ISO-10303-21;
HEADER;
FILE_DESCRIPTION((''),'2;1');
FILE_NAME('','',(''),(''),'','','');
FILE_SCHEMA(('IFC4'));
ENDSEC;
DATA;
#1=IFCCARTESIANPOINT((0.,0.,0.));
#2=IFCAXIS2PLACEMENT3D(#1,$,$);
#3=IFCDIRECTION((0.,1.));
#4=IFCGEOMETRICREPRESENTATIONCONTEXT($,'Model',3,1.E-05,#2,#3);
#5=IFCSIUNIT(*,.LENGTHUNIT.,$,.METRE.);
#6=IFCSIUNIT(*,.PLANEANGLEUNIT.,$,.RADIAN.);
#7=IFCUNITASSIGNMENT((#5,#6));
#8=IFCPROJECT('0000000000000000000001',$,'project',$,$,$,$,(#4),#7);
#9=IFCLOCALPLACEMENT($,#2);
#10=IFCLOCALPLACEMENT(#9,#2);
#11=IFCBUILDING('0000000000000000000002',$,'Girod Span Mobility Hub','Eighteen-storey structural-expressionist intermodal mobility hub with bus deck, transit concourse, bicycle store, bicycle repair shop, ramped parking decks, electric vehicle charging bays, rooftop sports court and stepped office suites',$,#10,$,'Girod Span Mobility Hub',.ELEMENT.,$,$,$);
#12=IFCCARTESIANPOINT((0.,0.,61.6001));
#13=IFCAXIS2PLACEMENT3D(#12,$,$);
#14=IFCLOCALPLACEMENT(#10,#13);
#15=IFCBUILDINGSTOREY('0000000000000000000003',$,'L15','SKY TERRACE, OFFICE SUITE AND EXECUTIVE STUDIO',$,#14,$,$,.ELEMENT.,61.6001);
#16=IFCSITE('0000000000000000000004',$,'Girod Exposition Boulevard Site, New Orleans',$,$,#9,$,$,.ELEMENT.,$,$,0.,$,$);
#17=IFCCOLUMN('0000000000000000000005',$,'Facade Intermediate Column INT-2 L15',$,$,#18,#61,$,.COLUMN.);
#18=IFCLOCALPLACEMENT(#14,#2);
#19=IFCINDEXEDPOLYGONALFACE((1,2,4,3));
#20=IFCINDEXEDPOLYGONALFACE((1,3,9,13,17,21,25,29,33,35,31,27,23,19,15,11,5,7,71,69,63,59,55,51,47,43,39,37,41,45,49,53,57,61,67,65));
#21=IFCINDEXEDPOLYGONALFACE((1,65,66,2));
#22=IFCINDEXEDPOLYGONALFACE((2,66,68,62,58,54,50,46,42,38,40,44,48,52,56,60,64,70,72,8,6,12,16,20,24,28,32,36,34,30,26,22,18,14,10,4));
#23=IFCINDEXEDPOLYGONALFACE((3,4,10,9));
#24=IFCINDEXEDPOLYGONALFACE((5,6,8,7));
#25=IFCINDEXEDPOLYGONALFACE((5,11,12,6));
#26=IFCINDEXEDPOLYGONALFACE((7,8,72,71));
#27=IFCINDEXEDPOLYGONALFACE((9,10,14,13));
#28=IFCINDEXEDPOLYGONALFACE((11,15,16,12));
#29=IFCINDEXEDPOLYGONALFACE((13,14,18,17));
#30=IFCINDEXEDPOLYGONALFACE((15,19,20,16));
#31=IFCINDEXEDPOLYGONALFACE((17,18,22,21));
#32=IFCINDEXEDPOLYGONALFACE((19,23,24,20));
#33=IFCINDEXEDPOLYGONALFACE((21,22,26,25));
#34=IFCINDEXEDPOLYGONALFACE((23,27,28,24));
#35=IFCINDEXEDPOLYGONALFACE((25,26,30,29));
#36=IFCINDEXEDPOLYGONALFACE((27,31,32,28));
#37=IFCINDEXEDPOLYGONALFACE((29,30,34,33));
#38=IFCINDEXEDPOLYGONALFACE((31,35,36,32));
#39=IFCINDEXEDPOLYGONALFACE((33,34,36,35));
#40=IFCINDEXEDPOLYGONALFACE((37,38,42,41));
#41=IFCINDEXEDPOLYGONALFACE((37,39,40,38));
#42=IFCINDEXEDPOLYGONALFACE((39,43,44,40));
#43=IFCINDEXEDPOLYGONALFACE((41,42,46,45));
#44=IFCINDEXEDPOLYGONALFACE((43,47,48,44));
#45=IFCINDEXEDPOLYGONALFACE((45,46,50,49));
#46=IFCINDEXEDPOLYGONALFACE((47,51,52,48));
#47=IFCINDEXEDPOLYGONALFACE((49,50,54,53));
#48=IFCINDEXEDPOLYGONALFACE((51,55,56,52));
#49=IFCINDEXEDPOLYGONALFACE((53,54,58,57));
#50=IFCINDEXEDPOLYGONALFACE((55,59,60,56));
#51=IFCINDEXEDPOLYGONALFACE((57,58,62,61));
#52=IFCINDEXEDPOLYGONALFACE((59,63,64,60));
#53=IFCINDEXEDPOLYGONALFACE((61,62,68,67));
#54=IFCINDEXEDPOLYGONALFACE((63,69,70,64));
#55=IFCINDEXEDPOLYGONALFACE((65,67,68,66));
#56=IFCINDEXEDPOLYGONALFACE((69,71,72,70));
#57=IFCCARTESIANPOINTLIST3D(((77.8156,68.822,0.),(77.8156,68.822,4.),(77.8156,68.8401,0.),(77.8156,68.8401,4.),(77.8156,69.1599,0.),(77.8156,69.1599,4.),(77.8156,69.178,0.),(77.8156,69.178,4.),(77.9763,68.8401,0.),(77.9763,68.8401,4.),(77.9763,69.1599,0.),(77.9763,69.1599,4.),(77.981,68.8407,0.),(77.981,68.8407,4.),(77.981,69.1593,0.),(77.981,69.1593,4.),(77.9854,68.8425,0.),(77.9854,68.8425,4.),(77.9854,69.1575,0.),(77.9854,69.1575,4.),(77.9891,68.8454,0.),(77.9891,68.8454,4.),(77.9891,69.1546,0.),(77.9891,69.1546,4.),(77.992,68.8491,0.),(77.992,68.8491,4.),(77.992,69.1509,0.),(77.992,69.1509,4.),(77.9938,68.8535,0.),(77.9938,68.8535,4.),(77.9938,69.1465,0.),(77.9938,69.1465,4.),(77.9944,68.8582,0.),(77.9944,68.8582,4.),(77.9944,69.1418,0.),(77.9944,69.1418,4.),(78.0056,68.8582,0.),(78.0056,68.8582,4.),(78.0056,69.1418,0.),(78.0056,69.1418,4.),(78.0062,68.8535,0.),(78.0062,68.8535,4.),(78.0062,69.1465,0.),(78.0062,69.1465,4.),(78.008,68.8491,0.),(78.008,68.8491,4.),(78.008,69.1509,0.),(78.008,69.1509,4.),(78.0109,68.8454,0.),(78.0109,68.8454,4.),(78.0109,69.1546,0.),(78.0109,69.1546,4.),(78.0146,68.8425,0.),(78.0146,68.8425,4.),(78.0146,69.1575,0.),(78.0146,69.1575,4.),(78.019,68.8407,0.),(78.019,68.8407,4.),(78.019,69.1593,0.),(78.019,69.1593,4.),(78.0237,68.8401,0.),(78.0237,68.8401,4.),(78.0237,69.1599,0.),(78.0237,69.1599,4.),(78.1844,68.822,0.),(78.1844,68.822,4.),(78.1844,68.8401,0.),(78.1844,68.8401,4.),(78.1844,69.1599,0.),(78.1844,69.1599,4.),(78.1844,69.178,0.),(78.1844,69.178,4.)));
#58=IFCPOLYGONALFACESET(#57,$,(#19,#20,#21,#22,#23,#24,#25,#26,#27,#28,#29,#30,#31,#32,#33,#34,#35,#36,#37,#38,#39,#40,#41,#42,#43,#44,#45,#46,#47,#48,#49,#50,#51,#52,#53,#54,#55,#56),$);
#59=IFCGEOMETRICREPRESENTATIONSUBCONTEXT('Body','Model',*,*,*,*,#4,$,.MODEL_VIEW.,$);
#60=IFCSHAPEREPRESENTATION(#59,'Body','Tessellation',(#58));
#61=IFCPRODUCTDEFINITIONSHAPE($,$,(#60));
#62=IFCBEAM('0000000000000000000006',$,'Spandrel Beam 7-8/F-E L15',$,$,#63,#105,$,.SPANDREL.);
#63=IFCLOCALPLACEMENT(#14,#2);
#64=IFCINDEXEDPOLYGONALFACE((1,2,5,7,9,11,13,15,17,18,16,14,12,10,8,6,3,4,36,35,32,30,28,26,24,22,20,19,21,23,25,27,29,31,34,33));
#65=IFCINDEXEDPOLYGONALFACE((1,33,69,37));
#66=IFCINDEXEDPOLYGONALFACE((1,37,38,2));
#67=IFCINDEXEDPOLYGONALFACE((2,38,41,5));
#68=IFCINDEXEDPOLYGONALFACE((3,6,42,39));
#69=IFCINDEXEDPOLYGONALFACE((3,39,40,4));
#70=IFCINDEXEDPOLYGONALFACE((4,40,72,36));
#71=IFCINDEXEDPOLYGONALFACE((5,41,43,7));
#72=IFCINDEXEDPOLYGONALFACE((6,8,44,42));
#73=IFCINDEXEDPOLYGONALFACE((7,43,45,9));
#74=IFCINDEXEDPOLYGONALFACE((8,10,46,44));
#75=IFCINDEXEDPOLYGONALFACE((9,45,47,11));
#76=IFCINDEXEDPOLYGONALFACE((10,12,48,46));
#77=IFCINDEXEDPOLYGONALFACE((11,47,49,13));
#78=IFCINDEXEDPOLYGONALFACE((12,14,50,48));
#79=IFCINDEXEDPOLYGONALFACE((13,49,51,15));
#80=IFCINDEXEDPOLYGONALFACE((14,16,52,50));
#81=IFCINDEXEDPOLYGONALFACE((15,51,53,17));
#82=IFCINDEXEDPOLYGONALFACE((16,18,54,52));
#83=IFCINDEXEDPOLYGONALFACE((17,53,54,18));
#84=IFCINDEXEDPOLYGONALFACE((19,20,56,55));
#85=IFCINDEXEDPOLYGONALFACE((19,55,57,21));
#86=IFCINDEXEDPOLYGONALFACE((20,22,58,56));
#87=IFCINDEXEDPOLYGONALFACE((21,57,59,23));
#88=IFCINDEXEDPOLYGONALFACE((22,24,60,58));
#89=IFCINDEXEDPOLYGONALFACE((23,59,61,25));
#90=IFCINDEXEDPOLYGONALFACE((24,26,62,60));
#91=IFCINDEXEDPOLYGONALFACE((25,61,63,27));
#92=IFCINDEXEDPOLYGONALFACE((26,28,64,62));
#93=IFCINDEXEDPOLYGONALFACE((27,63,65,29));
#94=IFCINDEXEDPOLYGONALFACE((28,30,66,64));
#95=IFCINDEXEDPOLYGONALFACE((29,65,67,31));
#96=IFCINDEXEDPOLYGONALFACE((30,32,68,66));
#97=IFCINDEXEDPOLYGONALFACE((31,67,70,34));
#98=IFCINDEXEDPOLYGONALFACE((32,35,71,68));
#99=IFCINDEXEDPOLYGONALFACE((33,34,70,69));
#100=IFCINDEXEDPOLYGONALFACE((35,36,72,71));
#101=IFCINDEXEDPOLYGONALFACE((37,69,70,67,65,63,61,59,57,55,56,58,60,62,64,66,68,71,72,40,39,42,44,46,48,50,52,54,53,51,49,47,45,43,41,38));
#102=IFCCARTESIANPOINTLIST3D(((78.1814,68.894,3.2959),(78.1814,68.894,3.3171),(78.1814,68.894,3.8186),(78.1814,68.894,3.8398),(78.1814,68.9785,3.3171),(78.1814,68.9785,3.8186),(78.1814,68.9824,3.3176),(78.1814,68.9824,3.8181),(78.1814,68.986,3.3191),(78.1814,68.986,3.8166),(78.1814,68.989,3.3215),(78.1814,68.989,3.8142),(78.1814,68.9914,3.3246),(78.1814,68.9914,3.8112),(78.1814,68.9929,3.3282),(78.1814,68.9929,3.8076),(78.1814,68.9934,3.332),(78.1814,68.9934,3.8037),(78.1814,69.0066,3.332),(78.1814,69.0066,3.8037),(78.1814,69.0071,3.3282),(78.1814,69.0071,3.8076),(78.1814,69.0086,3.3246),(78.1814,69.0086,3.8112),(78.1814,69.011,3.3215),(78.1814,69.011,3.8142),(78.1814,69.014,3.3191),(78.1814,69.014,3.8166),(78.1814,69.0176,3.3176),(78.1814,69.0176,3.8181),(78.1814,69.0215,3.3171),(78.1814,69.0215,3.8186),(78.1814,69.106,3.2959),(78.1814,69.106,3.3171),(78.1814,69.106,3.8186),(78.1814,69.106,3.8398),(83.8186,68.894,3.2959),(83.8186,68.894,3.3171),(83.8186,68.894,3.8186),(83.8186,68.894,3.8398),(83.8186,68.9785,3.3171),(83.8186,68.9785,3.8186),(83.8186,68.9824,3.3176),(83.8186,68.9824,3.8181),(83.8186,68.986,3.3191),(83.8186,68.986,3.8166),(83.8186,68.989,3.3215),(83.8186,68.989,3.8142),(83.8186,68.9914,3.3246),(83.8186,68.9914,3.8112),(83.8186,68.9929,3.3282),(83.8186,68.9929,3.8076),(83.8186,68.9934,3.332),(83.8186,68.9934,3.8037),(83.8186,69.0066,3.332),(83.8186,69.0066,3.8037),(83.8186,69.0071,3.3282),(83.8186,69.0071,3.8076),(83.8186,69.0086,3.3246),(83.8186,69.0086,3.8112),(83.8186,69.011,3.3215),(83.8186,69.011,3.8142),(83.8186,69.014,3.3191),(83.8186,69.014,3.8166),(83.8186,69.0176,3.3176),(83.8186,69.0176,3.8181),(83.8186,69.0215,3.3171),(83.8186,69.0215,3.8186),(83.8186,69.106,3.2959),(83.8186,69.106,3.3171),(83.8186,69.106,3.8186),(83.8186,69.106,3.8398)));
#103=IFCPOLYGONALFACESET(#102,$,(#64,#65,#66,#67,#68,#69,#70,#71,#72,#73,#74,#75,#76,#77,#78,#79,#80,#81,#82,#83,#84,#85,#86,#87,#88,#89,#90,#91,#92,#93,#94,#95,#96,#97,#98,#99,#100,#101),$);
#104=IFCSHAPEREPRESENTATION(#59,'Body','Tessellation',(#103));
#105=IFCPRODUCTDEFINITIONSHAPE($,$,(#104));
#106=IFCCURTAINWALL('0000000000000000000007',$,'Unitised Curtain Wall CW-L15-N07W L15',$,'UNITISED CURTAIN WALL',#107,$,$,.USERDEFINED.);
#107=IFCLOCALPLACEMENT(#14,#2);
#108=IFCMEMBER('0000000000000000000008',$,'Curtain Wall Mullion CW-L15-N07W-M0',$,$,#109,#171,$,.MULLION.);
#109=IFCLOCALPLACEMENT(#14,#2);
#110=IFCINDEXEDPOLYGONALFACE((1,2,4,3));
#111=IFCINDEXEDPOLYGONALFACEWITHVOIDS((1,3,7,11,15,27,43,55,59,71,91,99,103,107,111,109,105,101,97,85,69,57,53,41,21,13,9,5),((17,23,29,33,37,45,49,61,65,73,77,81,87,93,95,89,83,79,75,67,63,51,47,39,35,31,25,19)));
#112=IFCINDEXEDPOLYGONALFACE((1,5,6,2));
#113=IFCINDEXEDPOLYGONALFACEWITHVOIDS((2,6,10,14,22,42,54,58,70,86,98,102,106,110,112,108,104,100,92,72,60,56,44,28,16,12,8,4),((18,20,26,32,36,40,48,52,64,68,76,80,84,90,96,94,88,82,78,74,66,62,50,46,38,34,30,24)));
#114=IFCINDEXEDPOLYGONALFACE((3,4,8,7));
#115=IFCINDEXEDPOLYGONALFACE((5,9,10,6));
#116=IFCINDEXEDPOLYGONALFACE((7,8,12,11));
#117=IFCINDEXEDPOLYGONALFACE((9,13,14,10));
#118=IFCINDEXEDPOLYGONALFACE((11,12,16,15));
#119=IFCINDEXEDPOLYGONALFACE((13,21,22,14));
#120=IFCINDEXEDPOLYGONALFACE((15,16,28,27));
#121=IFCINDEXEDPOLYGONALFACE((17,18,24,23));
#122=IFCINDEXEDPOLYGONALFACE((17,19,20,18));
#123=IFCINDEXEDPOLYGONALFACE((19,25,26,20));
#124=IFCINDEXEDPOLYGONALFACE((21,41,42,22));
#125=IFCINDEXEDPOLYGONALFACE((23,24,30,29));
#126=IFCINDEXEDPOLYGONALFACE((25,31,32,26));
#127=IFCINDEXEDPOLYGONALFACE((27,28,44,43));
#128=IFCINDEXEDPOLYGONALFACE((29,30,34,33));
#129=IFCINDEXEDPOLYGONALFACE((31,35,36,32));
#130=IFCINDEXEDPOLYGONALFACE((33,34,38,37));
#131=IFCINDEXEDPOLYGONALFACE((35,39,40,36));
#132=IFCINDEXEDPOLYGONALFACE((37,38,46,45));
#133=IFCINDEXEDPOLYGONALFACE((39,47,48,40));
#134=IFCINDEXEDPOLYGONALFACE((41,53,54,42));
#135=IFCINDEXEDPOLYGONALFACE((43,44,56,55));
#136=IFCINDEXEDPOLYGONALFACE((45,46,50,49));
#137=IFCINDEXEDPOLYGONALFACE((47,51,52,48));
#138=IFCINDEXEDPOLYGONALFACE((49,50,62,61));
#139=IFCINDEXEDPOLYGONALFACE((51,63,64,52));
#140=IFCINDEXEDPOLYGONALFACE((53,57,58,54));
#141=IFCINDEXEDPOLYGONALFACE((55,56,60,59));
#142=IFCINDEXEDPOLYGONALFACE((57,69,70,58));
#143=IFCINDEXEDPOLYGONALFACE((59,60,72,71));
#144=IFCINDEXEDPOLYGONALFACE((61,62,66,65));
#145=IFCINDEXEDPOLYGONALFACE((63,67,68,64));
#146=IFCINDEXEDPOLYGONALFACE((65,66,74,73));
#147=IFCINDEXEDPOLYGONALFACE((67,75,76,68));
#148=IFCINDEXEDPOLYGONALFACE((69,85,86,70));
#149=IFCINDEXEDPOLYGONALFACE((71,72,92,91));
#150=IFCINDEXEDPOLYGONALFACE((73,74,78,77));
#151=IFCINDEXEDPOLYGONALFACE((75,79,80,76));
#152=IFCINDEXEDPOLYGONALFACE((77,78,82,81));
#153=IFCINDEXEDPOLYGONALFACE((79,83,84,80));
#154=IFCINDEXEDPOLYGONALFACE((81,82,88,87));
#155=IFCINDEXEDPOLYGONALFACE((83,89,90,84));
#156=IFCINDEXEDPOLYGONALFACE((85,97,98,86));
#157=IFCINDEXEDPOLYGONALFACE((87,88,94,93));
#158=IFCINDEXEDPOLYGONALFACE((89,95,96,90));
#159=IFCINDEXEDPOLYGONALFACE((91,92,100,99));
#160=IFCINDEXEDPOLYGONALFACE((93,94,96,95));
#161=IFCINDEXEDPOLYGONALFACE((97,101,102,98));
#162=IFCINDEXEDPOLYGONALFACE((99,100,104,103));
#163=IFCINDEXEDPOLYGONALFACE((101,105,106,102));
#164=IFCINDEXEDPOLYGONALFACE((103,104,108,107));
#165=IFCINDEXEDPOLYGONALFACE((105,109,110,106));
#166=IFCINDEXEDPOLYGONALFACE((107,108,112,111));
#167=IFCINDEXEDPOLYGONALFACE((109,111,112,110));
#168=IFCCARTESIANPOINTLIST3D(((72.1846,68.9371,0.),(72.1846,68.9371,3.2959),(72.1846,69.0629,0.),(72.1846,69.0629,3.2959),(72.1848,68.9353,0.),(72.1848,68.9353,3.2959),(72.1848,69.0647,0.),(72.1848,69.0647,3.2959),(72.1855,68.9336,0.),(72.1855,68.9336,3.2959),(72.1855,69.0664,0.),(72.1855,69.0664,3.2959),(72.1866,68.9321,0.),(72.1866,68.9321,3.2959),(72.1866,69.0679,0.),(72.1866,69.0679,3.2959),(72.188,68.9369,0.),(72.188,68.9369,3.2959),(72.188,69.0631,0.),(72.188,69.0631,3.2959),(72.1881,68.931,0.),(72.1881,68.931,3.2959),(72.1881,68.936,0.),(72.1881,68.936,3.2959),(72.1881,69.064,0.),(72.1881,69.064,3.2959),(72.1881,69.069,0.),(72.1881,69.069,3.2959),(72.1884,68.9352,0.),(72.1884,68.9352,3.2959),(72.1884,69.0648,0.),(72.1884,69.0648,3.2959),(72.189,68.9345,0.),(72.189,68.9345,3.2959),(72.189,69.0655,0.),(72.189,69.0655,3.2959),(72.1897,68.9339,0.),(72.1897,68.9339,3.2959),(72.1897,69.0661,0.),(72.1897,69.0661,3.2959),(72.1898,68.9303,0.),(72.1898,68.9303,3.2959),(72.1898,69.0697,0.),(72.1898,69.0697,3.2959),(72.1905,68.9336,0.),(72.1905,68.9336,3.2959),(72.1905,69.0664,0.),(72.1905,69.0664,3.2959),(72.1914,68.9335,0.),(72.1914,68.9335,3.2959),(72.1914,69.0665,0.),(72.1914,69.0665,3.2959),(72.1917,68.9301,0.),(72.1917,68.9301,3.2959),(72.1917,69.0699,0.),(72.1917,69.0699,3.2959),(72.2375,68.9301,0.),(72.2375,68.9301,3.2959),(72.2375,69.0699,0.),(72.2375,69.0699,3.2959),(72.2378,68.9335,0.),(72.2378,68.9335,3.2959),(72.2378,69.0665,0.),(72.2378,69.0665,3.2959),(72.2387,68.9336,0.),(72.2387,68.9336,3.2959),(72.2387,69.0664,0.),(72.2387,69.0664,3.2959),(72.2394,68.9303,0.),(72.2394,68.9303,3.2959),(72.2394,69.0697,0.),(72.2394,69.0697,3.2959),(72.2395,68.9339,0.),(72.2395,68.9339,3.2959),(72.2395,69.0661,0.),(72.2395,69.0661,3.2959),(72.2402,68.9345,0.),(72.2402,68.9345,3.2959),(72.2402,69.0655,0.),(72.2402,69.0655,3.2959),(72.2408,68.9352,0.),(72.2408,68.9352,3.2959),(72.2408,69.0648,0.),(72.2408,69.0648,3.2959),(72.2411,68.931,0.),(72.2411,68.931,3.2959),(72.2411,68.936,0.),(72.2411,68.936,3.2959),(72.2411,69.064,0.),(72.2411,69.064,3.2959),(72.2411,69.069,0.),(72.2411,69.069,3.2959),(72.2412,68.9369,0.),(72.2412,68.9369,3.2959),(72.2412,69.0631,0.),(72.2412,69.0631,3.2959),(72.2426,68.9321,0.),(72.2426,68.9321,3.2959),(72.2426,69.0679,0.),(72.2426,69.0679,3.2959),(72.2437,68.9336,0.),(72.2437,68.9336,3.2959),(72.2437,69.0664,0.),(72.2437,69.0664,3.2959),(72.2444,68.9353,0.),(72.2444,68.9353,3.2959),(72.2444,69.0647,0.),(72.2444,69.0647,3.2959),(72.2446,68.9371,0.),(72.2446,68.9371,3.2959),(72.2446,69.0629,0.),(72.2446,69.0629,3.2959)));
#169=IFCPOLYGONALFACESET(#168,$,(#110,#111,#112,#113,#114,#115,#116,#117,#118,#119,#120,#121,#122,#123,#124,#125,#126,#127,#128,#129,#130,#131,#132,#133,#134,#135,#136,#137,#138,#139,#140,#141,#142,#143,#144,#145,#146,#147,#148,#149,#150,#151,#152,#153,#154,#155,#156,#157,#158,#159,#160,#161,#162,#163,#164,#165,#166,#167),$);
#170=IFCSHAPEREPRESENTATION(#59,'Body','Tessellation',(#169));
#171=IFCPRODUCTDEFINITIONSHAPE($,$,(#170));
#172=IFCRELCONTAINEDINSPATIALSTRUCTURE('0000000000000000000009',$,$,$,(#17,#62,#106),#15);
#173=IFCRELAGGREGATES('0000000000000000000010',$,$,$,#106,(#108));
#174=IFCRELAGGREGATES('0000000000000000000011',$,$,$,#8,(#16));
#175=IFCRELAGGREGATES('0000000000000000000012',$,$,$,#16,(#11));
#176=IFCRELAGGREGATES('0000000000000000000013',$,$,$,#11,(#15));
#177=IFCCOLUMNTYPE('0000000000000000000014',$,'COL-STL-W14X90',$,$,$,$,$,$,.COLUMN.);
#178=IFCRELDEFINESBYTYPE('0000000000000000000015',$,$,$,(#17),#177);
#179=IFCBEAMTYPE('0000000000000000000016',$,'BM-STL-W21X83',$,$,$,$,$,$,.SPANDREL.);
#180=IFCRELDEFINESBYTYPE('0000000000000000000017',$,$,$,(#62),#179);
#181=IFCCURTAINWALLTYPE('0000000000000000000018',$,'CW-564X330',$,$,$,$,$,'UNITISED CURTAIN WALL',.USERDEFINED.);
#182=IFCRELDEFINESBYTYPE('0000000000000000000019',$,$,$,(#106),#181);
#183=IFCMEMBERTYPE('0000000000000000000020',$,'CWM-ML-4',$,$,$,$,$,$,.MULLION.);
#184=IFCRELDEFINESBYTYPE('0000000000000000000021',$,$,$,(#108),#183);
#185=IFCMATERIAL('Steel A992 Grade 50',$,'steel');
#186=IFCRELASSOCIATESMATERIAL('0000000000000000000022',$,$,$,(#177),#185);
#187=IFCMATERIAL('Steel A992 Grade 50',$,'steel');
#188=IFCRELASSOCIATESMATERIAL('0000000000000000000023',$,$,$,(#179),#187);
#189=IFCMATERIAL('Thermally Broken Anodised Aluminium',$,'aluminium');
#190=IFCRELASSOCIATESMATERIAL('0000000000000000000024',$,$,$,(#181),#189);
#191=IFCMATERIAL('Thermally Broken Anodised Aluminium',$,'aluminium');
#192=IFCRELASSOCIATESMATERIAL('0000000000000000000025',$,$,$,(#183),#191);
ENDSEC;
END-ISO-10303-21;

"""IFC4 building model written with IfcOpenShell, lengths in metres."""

from ifc_helpers import new_model, si_unit, direction, frame, origin, origin_2d, place, context, subcontext, project, spatial, hollow_rectangle, i_section, extrude, material, material_profile, profile_set, type_object, element, aggregate, save


model = new_model("IFC4")

# Units and contexts
model_context = context("Model", 3, precision=1e-05, world=origin(), true_north=direction((0.0, 1.0)))
body_context = subcontext(model_context, "Body", "Model", "MODEL_VIEW")
ifc_project = project(units=[si_unit("LENGTHUNIT", "METRE"), si_unit("PLANEANGLEUNIT", "RADIAN")], contexts=[model_context])

# Site, building, storey
site_placement = place(None, origin())
site = spatial("IfcSite", under=ifc_project, at=site_placement, Name="Girod Exposition Boulevard Site, New Orleans", CompositionType="ELEMENT", RefElevation=0.0)
building_placement = place(site_placement, origin())
building = spatial("IfcBuilding", under=site, at=building_placement, Name="Girod Span Mobility Hub", Description="Eighteen-storey structural-expressionist intermodal mobility hub with bus deck, transit concourse, bicycle store, bicycle repair shop, ramped parking decks, electric vehicle charging bays, rooftop sports court and stepped office suites", LongName="Girod Span Mobility Hub", CompositionType="ELEMENT")
storey_placement = place(building_placement, frame((0.0, 0.0, 61.6001)))
storey = spatial("IfcBuildingStorey", under=building, at=storey_placement, Name="L15", Description="SKY TERRACE, OFFICE SUITE AND EXECUTIVE STUDIO", CompositionType="ELEMENT", Elevation=61.6001)

# Column
ifc_material_1 = material(Name="Steel A992 Grade 50", Category="steel")
ifc_material_profile_1 = material_profile(ifc_material_1, i_section(OverallWidth=0.3689, OverallDepth=0.356, WebThickness=0.0112, FlangeThickness=0.0181, FilletRadius=0.0181, at=origin_2d()), Name="W14X90")
ifc_profile_set_1 = profile_set([ifc_material_profile_1], Name="Steel A992 Grade 50")
column_type = type_object("IfcColumnType", Name="COL-STL-W14X90", PredefinedType="COLUMN", material=ifc_profile_set_1)
column_placement = place(storey_placement, frame((78.0, 69.0, 0.0), z_axis=(0.0, 0.0, 1.0), x_axis=(1.0, 0.0, 0.0)))
element("IfcColumn", 1, at=column_placement, inside=storey, type_object=column_type, Name="Facade Intermediate Column INT-2 L15", PredefinedType="COLUMN", context=body_context, shape_type="SweptSolid", body=[
    extrude(i_section(OverallWidth=0.3689, OverallDepth=0.356, WebThickness=0.0112, FlangeThickness=0.0181, FilletRadius=0.0181, at=origin_2d()), origin(), (0.0, 0.0, 1.0), 4.0),
])

# Beam
ifc_material_2 = material(Name="Steel A992 Grade 50", Category="steel")
ifc_material_profile_2 = material_profile(ifc_material_2, i_section(OverallWidth=0.2119, OverallDepth=0.5439, WebThickness=0.0132, FlangeThickness=0.0212, FilletRadius=0.0149, at=origin_2d()), Name="W21X83")
ifc_profile_set_2 = profile_set([ifc_material_profile_2], Name="Steel A992 Grade 50")
beam_type = type_object("IfcBeamType", Name="BM-STL-W21X83", PredefinedType="SPANDREL", material=ifc_profile_set_2)
beam_placement = place(storey_placement, frame((78.1814, 69.0, 3.5679), z_axis=(1.0, 0.0, 0.0), x_axis=(0.0, 1.0, 0.0)))
element("IfcBeam", 2, at=beam_placement, inside=storey, type_object=beam_type, Name="Spandrel Beam 7-8/F-E L15", PredefinedType="SPANDREL", context=body_context, shape_type="SweptSolid", body=[
    extrude(i_section(OverallWidth=0.2119, OverallDepth=0.5439, WebThickness=0.0132, FlangeThickness=0.0212, FilletRadius=0.0149, at=origin_2d()), origin(), (0.0, 0.0, 1.0), 5.6372),
])

# Curtain wall, member
ifc_material_3 = material(Name="Thermally Broken Anodised Aluminium", Category="aluminium")
curtain_wall_type = type_object("IfcCurtainWallType", Name="CW-564X330", ElementType="UNITISED CURTAIN WALL", PredefinedType="USERDEFINED", material=ifc_material_3)
curtain_wall_1_placement = place(storey_placement, origin())
curtain_wall_1 = element("IfcCurtainWall", 3, at=curtain_wall_1_placement, inside=storey, type_object=curtain_wall_type, Name="Unitised Curtain Wall CW-L15-N07W L15", ObjectType="UNITISED CURTAIN WALL", PredefinedType="USERDEFINED")
ifc_material_4 = material(Name="Thermally Broken Anodised Aluminium", Category="aluminium")
ifc_material_profile_3 = material_profile(ifc_material_4, hollow_rectangle(XDim=0.1399, YDim=0.0601, WallThickness=0.0034, InnerFilletRadius=0.0034, OuterFilletRadius=0.0071, at=origin_2d()), Name="CW-ML-60X140")
ifc_profile_set_3 = profile_set([ifc_material_profile_3], Name="Thermally Broken Anodised Aluminium")
member_type_1 = type_object("IfcMemberType", Name="CWM-ML-4", PredefinedType="MULLION", material=ifc_profile_set_3)
member_1_placement = place(storey_placement, frame((72.2146, 69.0, 0.0), z_axis=(0.0, 0.0, 1.0), x_axis=(0.0, 1.0, 0.0)))
member_1 = element("IfcMember", 4, at=member_1_placement, type_object=member_type_1, Name="Curtain Wall Mullion CW-L15-N07W-M0", PredefinedType="MULLION", context=body_context, shape_type="SweptSolid", body=[
    extrude(hollow_rectangle(XDim=0.1399, YDim=0.0601, WallThickness=0.0034, InnerFilletRadius=0.0034, OuterFilletRadius=0.0071, at=origin_2d()), origin(), (0.0, 0.0, 1.0), 3.2959),
])

aggregate(curtain_wall_1, [member_1])

save(model, "model.ifc")
